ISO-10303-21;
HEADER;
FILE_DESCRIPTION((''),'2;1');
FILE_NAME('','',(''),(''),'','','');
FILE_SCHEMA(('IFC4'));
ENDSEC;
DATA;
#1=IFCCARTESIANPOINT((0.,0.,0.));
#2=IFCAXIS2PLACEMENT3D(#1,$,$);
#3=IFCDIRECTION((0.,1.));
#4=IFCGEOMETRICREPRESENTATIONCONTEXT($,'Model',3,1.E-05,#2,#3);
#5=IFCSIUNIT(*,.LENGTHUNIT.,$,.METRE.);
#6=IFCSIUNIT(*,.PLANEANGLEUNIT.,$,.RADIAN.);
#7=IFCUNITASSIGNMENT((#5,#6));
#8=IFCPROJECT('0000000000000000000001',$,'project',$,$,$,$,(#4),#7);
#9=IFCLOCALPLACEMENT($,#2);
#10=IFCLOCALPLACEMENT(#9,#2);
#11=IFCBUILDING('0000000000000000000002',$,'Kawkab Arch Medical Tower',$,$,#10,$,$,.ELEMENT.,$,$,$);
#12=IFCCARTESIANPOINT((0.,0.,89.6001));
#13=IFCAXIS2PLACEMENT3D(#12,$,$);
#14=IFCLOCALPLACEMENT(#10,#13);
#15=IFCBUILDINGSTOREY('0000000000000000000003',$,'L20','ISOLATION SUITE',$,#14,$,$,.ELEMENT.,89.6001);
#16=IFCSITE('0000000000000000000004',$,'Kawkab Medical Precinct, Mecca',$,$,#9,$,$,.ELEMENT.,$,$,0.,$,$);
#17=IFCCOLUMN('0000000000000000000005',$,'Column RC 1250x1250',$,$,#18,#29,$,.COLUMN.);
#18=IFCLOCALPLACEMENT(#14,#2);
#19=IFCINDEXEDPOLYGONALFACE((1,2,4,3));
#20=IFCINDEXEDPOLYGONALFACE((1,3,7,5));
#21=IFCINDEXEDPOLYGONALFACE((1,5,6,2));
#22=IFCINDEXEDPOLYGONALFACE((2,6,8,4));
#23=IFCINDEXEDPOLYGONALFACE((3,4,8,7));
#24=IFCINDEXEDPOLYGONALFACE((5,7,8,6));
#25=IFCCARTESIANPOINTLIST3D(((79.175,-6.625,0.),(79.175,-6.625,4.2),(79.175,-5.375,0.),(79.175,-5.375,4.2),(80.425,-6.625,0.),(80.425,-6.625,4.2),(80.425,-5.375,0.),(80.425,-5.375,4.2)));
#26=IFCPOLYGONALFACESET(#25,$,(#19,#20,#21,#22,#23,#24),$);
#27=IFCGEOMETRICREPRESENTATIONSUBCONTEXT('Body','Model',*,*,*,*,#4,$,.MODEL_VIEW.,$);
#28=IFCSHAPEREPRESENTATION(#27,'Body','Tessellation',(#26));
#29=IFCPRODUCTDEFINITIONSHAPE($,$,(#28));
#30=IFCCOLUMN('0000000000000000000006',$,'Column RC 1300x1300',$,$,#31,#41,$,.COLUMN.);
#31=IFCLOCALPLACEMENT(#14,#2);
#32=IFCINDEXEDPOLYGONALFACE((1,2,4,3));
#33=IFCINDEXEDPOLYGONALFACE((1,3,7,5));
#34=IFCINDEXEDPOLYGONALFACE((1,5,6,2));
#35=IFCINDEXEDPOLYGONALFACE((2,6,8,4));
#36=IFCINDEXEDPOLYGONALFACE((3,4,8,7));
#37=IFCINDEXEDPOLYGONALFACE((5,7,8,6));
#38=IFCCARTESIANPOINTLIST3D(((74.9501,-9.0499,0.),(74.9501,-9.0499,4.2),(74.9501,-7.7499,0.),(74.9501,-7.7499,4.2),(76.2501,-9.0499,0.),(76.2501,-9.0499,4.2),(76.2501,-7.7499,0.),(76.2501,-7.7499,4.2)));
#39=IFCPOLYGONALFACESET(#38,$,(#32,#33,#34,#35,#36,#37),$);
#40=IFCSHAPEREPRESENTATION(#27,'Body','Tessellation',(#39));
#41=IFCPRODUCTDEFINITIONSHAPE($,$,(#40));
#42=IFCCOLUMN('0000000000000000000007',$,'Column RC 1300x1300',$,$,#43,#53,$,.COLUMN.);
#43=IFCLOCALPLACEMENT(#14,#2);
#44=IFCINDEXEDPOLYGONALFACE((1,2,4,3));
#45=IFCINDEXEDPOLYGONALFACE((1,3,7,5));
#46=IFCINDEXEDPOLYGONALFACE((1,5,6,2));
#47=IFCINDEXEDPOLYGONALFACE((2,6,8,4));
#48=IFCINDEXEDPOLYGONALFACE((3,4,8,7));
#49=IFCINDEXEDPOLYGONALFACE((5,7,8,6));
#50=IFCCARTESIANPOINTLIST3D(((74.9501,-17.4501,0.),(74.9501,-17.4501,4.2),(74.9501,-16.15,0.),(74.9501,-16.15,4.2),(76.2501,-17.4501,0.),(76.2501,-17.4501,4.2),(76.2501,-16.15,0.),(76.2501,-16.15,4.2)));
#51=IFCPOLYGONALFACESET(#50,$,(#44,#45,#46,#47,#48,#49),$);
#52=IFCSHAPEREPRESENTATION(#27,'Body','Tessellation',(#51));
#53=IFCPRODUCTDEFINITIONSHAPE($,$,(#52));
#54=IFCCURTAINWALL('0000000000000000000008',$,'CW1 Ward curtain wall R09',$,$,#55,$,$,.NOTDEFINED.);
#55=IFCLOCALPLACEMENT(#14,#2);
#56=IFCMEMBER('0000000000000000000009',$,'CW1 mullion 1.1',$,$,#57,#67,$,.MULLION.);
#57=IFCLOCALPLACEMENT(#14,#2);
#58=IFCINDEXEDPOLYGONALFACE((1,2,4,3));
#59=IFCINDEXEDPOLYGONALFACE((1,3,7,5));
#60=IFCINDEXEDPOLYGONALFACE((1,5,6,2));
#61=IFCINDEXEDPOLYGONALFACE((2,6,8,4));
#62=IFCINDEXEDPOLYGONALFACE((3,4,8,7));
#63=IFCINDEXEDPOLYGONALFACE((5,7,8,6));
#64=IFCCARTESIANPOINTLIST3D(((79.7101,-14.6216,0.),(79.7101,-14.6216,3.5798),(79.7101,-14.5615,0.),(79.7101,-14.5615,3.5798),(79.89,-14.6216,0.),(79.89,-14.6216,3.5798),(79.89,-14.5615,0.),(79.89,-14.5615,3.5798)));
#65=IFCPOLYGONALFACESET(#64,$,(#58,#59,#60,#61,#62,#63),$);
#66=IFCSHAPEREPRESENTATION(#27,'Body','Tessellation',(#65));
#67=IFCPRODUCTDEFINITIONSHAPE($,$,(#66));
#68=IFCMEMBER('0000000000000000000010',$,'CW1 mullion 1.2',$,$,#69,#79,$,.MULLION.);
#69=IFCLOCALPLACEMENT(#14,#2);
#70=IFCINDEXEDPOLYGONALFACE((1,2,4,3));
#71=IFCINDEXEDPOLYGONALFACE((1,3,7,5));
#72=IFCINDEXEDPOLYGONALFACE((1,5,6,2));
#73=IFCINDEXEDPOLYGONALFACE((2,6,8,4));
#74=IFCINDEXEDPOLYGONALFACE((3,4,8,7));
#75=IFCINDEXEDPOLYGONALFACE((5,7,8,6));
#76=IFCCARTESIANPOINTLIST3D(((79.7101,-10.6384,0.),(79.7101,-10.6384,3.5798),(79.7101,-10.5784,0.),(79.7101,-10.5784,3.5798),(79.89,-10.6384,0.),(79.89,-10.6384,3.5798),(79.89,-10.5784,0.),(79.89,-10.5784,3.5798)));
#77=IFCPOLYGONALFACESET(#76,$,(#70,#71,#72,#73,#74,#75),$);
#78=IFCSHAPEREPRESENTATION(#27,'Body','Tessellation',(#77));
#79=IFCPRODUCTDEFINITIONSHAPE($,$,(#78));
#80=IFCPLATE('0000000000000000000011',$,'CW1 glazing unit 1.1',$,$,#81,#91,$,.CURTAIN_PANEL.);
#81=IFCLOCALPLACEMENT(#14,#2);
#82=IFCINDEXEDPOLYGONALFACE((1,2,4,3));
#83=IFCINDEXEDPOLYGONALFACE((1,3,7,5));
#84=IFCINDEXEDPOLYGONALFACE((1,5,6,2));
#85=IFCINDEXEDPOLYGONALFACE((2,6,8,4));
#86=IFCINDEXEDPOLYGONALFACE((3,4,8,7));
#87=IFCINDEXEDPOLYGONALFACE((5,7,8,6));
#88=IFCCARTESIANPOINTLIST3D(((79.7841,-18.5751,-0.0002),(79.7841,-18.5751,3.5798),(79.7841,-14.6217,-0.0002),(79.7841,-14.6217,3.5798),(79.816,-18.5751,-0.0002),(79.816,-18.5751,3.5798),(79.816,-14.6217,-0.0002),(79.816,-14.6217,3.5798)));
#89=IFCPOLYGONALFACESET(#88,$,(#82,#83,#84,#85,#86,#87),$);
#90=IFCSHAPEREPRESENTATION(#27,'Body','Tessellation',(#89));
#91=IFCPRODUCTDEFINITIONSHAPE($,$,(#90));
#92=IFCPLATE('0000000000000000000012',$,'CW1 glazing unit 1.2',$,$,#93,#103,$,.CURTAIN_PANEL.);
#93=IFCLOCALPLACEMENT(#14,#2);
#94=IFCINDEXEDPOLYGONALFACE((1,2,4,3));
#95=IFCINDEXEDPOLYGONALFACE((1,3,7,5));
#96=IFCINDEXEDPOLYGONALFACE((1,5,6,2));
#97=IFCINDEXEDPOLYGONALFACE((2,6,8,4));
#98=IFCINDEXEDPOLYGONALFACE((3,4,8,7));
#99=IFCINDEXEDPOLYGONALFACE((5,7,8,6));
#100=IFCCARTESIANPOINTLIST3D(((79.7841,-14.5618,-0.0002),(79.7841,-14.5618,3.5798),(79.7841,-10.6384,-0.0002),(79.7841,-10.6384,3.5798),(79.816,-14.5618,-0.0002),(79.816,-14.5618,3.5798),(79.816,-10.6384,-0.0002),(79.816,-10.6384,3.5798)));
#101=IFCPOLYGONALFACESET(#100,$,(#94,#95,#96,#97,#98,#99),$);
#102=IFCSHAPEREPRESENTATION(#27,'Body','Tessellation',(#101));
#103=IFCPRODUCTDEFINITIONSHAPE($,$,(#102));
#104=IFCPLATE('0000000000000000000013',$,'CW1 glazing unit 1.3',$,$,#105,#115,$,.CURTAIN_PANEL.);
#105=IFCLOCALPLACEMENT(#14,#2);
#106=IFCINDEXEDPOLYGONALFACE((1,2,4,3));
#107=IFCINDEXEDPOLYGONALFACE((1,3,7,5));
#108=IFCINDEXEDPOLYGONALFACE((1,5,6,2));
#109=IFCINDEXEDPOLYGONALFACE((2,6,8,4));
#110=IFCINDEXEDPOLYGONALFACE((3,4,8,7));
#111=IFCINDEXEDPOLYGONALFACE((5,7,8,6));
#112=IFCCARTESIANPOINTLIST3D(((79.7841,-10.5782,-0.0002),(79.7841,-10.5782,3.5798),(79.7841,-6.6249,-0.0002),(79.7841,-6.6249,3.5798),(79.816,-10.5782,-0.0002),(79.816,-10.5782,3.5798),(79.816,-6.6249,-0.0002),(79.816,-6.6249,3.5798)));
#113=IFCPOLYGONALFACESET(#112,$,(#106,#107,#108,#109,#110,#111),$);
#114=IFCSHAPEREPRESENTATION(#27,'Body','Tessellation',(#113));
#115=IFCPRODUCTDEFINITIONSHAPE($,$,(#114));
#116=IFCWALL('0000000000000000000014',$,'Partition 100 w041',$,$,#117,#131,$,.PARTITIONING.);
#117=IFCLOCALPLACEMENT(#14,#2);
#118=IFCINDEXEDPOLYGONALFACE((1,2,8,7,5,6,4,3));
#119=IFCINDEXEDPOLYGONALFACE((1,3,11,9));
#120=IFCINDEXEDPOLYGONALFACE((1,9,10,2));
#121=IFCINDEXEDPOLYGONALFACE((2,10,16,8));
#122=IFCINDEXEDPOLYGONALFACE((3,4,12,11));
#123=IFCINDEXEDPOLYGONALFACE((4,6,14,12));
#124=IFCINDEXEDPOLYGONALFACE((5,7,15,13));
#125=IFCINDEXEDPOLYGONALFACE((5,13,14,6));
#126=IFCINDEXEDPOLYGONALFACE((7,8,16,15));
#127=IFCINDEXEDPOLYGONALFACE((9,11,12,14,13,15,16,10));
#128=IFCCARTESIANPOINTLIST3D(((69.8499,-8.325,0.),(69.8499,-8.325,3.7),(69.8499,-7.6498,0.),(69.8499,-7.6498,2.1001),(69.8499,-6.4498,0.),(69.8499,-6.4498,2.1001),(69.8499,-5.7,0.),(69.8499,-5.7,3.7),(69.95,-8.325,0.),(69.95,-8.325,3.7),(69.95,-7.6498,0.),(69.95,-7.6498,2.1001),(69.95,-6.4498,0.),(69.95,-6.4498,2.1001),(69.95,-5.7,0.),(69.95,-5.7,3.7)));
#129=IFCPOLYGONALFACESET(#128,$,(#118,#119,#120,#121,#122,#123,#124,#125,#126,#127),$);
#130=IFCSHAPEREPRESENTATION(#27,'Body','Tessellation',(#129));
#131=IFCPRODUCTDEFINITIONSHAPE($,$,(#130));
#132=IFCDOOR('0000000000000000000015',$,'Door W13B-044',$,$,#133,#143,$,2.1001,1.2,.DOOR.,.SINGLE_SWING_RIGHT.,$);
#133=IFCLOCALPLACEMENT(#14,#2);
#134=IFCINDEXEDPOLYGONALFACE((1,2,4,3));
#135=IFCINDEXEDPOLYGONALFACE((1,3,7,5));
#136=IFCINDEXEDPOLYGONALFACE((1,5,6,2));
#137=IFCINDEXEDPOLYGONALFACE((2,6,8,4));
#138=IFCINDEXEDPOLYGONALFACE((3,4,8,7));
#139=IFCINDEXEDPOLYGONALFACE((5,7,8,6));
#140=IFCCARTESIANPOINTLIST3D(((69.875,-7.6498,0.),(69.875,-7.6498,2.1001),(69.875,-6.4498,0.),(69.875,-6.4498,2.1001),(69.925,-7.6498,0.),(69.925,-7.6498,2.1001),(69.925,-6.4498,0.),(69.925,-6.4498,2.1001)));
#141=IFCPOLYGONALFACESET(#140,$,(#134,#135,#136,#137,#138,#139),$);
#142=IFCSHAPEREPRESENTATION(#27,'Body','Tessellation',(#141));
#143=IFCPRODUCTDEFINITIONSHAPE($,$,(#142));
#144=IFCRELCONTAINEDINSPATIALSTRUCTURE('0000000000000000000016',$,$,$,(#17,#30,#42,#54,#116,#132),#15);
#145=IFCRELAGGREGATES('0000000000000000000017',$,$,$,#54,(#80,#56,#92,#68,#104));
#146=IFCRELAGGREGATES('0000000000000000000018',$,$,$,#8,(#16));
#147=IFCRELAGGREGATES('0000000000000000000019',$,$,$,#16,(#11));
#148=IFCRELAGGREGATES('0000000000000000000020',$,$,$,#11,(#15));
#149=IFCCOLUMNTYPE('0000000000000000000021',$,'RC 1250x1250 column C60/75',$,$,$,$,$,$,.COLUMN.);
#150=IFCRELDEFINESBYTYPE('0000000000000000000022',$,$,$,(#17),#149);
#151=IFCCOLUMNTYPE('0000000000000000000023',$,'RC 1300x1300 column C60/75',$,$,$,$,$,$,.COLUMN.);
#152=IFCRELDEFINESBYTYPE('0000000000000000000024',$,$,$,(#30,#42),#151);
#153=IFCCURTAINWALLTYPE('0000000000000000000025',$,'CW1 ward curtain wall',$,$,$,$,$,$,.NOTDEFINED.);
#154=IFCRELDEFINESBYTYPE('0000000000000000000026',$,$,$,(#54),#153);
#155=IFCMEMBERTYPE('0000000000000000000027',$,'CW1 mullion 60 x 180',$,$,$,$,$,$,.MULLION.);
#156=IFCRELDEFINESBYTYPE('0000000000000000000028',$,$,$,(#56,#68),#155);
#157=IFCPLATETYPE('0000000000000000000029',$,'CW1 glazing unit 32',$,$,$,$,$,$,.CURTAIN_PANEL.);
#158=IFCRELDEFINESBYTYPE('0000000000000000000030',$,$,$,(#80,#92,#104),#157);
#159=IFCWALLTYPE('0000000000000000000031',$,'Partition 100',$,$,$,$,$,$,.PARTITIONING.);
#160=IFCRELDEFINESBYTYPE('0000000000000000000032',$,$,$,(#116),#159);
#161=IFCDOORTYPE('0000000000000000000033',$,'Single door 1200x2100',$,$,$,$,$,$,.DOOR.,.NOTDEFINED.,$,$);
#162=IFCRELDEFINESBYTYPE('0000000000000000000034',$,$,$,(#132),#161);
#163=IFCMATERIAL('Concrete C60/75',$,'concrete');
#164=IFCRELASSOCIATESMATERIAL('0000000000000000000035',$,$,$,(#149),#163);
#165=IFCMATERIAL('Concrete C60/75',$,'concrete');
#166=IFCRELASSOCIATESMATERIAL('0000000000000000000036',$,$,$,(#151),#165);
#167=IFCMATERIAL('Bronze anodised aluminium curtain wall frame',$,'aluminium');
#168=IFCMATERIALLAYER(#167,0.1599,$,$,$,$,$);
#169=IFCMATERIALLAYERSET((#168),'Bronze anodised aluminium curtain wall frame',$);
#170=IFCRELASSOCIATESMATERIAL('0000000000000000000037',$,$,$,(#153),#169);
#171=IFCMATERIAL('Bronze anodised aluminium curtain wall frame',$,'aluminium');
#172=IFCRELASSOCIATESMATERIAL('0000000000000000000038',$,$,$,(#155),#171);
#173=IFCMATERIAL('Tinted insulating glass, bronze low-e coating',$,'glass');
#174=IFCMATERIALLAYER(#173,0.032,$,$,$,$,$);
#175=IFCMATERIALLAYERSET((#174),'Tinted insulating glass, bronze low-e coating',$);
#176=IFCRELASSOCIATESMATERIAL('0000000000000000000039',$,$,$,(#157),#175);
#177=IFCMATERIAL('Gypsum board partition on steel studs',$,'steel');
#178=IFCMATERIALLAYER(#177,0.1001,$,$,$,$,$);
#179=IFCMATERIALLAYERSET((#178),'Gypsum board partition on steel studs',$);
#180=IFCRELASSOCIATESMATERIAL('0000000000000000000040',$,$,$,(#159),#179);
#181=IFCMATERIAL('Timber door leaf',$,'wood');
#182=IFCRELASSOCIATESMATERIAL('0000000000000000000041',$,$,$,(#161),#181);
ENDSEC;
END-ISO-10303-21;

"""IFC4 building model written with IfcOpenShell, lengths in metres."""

from ifc_helpers import new_model, si_unit, direction, frame, frame_2d, origin, origin_2d, place, context, subcontext, project, spatial, rectangle, extrude, material, layer, layer_set, material_profile, profile_set, type_object, element, fill, aggregate, save


model = new_model("IFC4")

# Units and contexts
model_context = context("Model", 3, precision=1e-05, world=origin(), true_north=direction((0.0, 1.0)))
body_context = subcontext(model_context, "Body", "Model", "MODEL_VIEW")
ifc_project = project(units=[si_unit("LENGTHUNIT", "METRE"), si_unit("PLANEANGLEUNIT", "RADIAN")], contexts=[model_context])

# Site, building, storey
site_placement = place(None, origin())
site = spatial("IfcSite", under=ifc_project, at=site_placement, Name="Kawkab Medical Precinct, Mecca", CompositionType="ELEMENT", RefElevation=0.0)
building_placement = place(site_placement, origin())
building = spatial("IfcBuilding", under=site, at=building_placement, Name="Kawkab Arch Medical Tower", CompositionType="ELEMENT")
storey_placement = place(building_placement, frame((0.0, 0.0, 89.6001)))
storey = spatial("IfcBuildingStorey", under=building, at=storey_placement, Name="L20", Description="ISOLATION SUITE", CompositionType="ELEMENT", Elevation=89.6001)

# Columns
ifc_material_1 = material(Name="Concrete C60/75", Category="concrete")
ifc_material_profile_1 = material_profile(ifc_material_1, rectangle(XDim=1.25, YDim=1.25, at=origin_2d()), Name="RC 1250x1250")
ifc_profile_set_1 = profile_set([ifc_material_profile_1], Name="Concrete C60/75")
column_type_1 = type_object("IfcColumnType", Name="RC 1250x1250 column C60/75", PredefinedType="COLUMN", material=ifc_profile_set_1)
column_placement = place(storey_placement, frame((79.8, -6.0, 0.0), z_axis=(0.0, 0.0, 1.0), x_axis=(1.0, 0.0, 0.0)))
element("IfcColumn", 1, at=column_placement, inside=storey, type_object=column_type_1, Name="Column RC 1250x1250", PredefinedType="COLUMN", context=body_context, shape_type="SweptSolid", body=[
    extrude(rectangle(XDim=1.25, YDim=1.25, at=origin_2d()), origin(), (0.0, 0.0, 1.0), 4.2),
])
ifc_material_2 = material(Name="Concrete C60/75", Category="concrete")
ifc_material_profile_2 = material_profile(ifc_material_2, rectangle(XDim=1.3, YDim=1.3, at=origin_2d()), Name="RC 1300x1300")
ifc_profile_set_2 = profile_set([ifc_material_profile_2], Name="Concrete C60/75")
column_type_2 = type_object("IfcColumnType", Name="RC 1300x1300 column C60/75", PredefinedType="COLUMN", material=ifc_profile_set_2)
for number, where, z_axis, x_axis, name in (
    (2, (75.6001, -8.3999, 0.0), (0.0, 0.0, 1.0), (1.0, 0.0, 0.0), "Column RC 1300x1300"),
    (3, (75.6001, -16.8, 0.0), (0.0, 0.0, 1.0), (1.0, 0.0, 0.0), "Column RC 1300x1300"),
):
    element("IfcColumn", number, at=place(storey_placement, frame(where, z_axis=z_axis, x_axis=x_axis)), inside=storey, type_object=column_type_2, Name=name, PredefinedType="COLUMN", context=body_context, shape_type="SweptSolid", body=[
        extrude(rectangle(XDim=1.3, YDim=1.3, at=origin_2d()), origin(), (0.0, 0.0, 1.0), 4.2),
    ])

# Curtain wall, members, plates
ifc_material_3 = material(Name="Bronze anodised aluminium curtain wall frame", Category="aluminium")
ifc_layer_1 = layer(ifc_material_3, 0.1599)
ifc_layer_set_1 = layer_set([ifc_layer_1], Name="Bronze anodised aluminium curtain wall frame")
curtain_wall_type = type_object("IfcCurtainWallType", Name="CW1 ward curtain wall", PredefinedType="NOTDEFINED", material=ifc_layer_set_1)
curtain_wall_placement = place(storey_placement, origin())
curtain_wall = element("IfcCurtainWall", 4, at=curtain_wall_placement, inside=storey, type_object=curtain_wall_type, Name="CW1 Ward curtain wall R09", PredefinedType="NOTDEFINED")
ifc_material_4 = material(Name="Bronze anodised aluminium curtain wall frame", Category="aluminium")
ifc_material_profile_3 = material_profile(ifc_material_4, rectangle(XDim=0.1799, YDim=0.0601, at=origin_2d()), Name="AL 60x180")
ifc_profile_set_3 = profile_set([ifc_material_profile_3], Name="Bronze anodised aluminium curtain wall frame")
member_type = type_object("IfcMemberType", Name="CW1 mullion 60 x 180", PredefinedType="MULLION", material=ifc_profile_set_3)
member_1_placement = place(storey_placement, frame((79.8, -14.5916, 0.0), z_axis=(0.0, 0.0, 1.0), x_axis=(-1.0, 0.0, 0.0)))
member_1 = element("IfcMember", 5, at=member_1_placement, type_object=member_type, Name="CW1 mullion 1.1", PredefinedType="MULLION", context=body_context, shape_type="SweptSolid", body=[
    extrude(rectangle(XDim=0.1799, YDim=0.0601, at=origin_2d()), origin(), (0.0, 0.0, 1.0), 3.5798),
])
member_2_placement = place(storey_placement, frame((79.8, -10.6084, 0.0), z_axis=(0.0, 0.0, 1.0), x_axis=(-1.0, 0.0, 0.0)))
member_2 = element("IfcMember", 6, at=member_2_placement, type_object=member_type, Name="CW1 mullion 1.2", PredefinedType="MULLION", context=body_context, shape_type="SweptSolid", body=[
    extrude(rectangle(XDim=0.1799, YDim=0.0601, at=origin_2d()), origin(), (0.0, 0.0, 1.0), 3.5798),
])
ifc_material_5 = material(Name="Tinted insulating glass, bronze low-e coating", Category="glass")
ifc_layer_2 = layer(ifc_material_5, 0.032)
ifc_layer_set_2 = layer_set([ifc_layer_2], Name="Tinted insulating glass, bronze low-e coating")
plate_type = type_object("IfcPlateType", Name="CW1 glazing unit 32", PredefinedType="CURTAIN_PANEL", material=ifc_layer_set_2)
plate_1_placement = place(storey_placement, frame((79.8, -16.5984, -0.0002), z_axis=(0.0, 0.0, 1.0), x_axis=(0.0, 1.0, 0.0)))
plate_1 = element("IfcPlate", 7, at=plate_1_placement, type_object=plate_type, Name="CW1 glazing unit 1.1", PredefinedType="CURTAIN_PANEL", context=body_context, shape_type="SweptSolid", body=[
    extrude(rectangle(XDim=3.9534, YDim=0.032, at=origin_2d()), origin(), (0.0, 0.0, 1.0), 3.5801),
])
plate_2_placement = place(storey_placement, frame((79.8, -12.6001, -0.0002), z_axis=(0.0, 0.0, 1.0), x_axis=(0.0, 1.0, 0.0)))
plate_2 = element("IfcPlate", 8, at=plate_2_placement, type_object=plate_type, Name="CW1 glazing unit 1.2", PredefinedType="CURTAIN_PANEL", context=body_context, shape_type="SweptSolid", body=[
    extrude(rectangle(XDim=3.9233, YDim=0.032, at=origin_2d()), origin(), (0.0, 0.0, 1.0), 3.5801),
])
plate_3_placement = place(storey_placement, frame((79.8, -8.6016, -0.0002), z_axis=(0.0, 0.0, 1.0), x_axis=(0.0, 1.0, 0.0)))
plate_3 = element("IfcPlate", 9, at=plate_3_placement, type_object=plate_type, Name="CW1 glazing unit 1.3", PredefinedType="CURTAIN_PANEL", context=body_context, shape_type="SweptSolid", body=[
    extrude(rectangle(XDim=3.9534, YDim=0.032, at=origin_2d()), origin(), (0.0, 0.0, 1.0), 3.5801),
])
aggregate(curtain_wall, [plate_1, member_1, plate_2, member_2, plate_3])

# Wall, opening, door
ifc_material_6 = material(Name="Gypsum board partition on steel studs", Category="steel")
ifc_layer_3 = layer(ifc_material_6, 0.1001)
ifc_layer_set_3 = layer_set([ifc_layer_3], Name="Gypsum board partition on steel studs")
wall_type_1 = type_object("IfcWallType", Name="Partition 100", PredefinedType="PARTITIONING", material=ifc_layer_set_3)
wall_1_placement = place(storey_placement, frame((69.8999, -8.325, 0.0), z_axis=(0.0, 0.0, 1.0), x_axis=(0.0, 1.0, 0.0)))
wall_1 = element("IfcWall", 10, at=wall_1_placement, inside=storey, type_object=wall_type_1, Name="Partition 100 w041", PredefinedType="PARTITIONING", context=body_context, shape_type="SweptSolid", body=[
    extrude(rectangle(XDim=2.625, YDim=0.1001, at=frame_2d((1.3125, 0.0))), origin(), (0.0, 0.0, 1.0), 3.7),
])
opening_1_placement = place(wall_1_placement, frame((0.675, 0.0, 0.0)))
opening_1 = element("IfcOpeningElement", 11, at=opening_1_placement, cuts=wall_1, PredefinedType="OPENING", context=body_context, shape_type="SweptSolid", body=[
    extrude(rectangle(XDim=1.2, YDim=2.1001, at=frame_2d((0.6001, 1.05))), frame((0.0, 0.0601, 0.0), z_axis=(0.0, -1.0, 0.0), x_axis=(1.0, 0.0, 0.0)), (0.0, 0.0, 1.0), 0.1201),
])
ifc_material_7 = material(Name="Timber door leaf", Category="wood")
door_type_1 = type_object("IfcDoorType", Name="Single door 1200x2100", OperationType="NOTDEFINED", PredefinedType="DOOR", material=ifc_material_7)
door_1_placement = place(opening_1_placement, origin())
door_1 = element("IfcDoor", 12, at=door_1_placement, inside=storey, type_object=door_type_1, Name="Door W13B-044", OperationType="SINGLE_SWING_RIGHT", OverallHeight=2.1001, OverallWidth=1.2, PredefinedType="DOOR", context=body_context, shape_type="SweptSolid", body=[
    extrude(rectangle(XDim=1.2, YDim=2.1001, at=frame_2d((0.6001, 1.05))), frame((0.0, 0.0249, 0.0), z_axis=(0.0, -1.0, 0.0), x_axis=(1.0, 0.0, 0.0)), (0.0, 0.0, 1.0), 0.05),
])
fill(opening_1, door_1)

save(model, "model.ifc")
